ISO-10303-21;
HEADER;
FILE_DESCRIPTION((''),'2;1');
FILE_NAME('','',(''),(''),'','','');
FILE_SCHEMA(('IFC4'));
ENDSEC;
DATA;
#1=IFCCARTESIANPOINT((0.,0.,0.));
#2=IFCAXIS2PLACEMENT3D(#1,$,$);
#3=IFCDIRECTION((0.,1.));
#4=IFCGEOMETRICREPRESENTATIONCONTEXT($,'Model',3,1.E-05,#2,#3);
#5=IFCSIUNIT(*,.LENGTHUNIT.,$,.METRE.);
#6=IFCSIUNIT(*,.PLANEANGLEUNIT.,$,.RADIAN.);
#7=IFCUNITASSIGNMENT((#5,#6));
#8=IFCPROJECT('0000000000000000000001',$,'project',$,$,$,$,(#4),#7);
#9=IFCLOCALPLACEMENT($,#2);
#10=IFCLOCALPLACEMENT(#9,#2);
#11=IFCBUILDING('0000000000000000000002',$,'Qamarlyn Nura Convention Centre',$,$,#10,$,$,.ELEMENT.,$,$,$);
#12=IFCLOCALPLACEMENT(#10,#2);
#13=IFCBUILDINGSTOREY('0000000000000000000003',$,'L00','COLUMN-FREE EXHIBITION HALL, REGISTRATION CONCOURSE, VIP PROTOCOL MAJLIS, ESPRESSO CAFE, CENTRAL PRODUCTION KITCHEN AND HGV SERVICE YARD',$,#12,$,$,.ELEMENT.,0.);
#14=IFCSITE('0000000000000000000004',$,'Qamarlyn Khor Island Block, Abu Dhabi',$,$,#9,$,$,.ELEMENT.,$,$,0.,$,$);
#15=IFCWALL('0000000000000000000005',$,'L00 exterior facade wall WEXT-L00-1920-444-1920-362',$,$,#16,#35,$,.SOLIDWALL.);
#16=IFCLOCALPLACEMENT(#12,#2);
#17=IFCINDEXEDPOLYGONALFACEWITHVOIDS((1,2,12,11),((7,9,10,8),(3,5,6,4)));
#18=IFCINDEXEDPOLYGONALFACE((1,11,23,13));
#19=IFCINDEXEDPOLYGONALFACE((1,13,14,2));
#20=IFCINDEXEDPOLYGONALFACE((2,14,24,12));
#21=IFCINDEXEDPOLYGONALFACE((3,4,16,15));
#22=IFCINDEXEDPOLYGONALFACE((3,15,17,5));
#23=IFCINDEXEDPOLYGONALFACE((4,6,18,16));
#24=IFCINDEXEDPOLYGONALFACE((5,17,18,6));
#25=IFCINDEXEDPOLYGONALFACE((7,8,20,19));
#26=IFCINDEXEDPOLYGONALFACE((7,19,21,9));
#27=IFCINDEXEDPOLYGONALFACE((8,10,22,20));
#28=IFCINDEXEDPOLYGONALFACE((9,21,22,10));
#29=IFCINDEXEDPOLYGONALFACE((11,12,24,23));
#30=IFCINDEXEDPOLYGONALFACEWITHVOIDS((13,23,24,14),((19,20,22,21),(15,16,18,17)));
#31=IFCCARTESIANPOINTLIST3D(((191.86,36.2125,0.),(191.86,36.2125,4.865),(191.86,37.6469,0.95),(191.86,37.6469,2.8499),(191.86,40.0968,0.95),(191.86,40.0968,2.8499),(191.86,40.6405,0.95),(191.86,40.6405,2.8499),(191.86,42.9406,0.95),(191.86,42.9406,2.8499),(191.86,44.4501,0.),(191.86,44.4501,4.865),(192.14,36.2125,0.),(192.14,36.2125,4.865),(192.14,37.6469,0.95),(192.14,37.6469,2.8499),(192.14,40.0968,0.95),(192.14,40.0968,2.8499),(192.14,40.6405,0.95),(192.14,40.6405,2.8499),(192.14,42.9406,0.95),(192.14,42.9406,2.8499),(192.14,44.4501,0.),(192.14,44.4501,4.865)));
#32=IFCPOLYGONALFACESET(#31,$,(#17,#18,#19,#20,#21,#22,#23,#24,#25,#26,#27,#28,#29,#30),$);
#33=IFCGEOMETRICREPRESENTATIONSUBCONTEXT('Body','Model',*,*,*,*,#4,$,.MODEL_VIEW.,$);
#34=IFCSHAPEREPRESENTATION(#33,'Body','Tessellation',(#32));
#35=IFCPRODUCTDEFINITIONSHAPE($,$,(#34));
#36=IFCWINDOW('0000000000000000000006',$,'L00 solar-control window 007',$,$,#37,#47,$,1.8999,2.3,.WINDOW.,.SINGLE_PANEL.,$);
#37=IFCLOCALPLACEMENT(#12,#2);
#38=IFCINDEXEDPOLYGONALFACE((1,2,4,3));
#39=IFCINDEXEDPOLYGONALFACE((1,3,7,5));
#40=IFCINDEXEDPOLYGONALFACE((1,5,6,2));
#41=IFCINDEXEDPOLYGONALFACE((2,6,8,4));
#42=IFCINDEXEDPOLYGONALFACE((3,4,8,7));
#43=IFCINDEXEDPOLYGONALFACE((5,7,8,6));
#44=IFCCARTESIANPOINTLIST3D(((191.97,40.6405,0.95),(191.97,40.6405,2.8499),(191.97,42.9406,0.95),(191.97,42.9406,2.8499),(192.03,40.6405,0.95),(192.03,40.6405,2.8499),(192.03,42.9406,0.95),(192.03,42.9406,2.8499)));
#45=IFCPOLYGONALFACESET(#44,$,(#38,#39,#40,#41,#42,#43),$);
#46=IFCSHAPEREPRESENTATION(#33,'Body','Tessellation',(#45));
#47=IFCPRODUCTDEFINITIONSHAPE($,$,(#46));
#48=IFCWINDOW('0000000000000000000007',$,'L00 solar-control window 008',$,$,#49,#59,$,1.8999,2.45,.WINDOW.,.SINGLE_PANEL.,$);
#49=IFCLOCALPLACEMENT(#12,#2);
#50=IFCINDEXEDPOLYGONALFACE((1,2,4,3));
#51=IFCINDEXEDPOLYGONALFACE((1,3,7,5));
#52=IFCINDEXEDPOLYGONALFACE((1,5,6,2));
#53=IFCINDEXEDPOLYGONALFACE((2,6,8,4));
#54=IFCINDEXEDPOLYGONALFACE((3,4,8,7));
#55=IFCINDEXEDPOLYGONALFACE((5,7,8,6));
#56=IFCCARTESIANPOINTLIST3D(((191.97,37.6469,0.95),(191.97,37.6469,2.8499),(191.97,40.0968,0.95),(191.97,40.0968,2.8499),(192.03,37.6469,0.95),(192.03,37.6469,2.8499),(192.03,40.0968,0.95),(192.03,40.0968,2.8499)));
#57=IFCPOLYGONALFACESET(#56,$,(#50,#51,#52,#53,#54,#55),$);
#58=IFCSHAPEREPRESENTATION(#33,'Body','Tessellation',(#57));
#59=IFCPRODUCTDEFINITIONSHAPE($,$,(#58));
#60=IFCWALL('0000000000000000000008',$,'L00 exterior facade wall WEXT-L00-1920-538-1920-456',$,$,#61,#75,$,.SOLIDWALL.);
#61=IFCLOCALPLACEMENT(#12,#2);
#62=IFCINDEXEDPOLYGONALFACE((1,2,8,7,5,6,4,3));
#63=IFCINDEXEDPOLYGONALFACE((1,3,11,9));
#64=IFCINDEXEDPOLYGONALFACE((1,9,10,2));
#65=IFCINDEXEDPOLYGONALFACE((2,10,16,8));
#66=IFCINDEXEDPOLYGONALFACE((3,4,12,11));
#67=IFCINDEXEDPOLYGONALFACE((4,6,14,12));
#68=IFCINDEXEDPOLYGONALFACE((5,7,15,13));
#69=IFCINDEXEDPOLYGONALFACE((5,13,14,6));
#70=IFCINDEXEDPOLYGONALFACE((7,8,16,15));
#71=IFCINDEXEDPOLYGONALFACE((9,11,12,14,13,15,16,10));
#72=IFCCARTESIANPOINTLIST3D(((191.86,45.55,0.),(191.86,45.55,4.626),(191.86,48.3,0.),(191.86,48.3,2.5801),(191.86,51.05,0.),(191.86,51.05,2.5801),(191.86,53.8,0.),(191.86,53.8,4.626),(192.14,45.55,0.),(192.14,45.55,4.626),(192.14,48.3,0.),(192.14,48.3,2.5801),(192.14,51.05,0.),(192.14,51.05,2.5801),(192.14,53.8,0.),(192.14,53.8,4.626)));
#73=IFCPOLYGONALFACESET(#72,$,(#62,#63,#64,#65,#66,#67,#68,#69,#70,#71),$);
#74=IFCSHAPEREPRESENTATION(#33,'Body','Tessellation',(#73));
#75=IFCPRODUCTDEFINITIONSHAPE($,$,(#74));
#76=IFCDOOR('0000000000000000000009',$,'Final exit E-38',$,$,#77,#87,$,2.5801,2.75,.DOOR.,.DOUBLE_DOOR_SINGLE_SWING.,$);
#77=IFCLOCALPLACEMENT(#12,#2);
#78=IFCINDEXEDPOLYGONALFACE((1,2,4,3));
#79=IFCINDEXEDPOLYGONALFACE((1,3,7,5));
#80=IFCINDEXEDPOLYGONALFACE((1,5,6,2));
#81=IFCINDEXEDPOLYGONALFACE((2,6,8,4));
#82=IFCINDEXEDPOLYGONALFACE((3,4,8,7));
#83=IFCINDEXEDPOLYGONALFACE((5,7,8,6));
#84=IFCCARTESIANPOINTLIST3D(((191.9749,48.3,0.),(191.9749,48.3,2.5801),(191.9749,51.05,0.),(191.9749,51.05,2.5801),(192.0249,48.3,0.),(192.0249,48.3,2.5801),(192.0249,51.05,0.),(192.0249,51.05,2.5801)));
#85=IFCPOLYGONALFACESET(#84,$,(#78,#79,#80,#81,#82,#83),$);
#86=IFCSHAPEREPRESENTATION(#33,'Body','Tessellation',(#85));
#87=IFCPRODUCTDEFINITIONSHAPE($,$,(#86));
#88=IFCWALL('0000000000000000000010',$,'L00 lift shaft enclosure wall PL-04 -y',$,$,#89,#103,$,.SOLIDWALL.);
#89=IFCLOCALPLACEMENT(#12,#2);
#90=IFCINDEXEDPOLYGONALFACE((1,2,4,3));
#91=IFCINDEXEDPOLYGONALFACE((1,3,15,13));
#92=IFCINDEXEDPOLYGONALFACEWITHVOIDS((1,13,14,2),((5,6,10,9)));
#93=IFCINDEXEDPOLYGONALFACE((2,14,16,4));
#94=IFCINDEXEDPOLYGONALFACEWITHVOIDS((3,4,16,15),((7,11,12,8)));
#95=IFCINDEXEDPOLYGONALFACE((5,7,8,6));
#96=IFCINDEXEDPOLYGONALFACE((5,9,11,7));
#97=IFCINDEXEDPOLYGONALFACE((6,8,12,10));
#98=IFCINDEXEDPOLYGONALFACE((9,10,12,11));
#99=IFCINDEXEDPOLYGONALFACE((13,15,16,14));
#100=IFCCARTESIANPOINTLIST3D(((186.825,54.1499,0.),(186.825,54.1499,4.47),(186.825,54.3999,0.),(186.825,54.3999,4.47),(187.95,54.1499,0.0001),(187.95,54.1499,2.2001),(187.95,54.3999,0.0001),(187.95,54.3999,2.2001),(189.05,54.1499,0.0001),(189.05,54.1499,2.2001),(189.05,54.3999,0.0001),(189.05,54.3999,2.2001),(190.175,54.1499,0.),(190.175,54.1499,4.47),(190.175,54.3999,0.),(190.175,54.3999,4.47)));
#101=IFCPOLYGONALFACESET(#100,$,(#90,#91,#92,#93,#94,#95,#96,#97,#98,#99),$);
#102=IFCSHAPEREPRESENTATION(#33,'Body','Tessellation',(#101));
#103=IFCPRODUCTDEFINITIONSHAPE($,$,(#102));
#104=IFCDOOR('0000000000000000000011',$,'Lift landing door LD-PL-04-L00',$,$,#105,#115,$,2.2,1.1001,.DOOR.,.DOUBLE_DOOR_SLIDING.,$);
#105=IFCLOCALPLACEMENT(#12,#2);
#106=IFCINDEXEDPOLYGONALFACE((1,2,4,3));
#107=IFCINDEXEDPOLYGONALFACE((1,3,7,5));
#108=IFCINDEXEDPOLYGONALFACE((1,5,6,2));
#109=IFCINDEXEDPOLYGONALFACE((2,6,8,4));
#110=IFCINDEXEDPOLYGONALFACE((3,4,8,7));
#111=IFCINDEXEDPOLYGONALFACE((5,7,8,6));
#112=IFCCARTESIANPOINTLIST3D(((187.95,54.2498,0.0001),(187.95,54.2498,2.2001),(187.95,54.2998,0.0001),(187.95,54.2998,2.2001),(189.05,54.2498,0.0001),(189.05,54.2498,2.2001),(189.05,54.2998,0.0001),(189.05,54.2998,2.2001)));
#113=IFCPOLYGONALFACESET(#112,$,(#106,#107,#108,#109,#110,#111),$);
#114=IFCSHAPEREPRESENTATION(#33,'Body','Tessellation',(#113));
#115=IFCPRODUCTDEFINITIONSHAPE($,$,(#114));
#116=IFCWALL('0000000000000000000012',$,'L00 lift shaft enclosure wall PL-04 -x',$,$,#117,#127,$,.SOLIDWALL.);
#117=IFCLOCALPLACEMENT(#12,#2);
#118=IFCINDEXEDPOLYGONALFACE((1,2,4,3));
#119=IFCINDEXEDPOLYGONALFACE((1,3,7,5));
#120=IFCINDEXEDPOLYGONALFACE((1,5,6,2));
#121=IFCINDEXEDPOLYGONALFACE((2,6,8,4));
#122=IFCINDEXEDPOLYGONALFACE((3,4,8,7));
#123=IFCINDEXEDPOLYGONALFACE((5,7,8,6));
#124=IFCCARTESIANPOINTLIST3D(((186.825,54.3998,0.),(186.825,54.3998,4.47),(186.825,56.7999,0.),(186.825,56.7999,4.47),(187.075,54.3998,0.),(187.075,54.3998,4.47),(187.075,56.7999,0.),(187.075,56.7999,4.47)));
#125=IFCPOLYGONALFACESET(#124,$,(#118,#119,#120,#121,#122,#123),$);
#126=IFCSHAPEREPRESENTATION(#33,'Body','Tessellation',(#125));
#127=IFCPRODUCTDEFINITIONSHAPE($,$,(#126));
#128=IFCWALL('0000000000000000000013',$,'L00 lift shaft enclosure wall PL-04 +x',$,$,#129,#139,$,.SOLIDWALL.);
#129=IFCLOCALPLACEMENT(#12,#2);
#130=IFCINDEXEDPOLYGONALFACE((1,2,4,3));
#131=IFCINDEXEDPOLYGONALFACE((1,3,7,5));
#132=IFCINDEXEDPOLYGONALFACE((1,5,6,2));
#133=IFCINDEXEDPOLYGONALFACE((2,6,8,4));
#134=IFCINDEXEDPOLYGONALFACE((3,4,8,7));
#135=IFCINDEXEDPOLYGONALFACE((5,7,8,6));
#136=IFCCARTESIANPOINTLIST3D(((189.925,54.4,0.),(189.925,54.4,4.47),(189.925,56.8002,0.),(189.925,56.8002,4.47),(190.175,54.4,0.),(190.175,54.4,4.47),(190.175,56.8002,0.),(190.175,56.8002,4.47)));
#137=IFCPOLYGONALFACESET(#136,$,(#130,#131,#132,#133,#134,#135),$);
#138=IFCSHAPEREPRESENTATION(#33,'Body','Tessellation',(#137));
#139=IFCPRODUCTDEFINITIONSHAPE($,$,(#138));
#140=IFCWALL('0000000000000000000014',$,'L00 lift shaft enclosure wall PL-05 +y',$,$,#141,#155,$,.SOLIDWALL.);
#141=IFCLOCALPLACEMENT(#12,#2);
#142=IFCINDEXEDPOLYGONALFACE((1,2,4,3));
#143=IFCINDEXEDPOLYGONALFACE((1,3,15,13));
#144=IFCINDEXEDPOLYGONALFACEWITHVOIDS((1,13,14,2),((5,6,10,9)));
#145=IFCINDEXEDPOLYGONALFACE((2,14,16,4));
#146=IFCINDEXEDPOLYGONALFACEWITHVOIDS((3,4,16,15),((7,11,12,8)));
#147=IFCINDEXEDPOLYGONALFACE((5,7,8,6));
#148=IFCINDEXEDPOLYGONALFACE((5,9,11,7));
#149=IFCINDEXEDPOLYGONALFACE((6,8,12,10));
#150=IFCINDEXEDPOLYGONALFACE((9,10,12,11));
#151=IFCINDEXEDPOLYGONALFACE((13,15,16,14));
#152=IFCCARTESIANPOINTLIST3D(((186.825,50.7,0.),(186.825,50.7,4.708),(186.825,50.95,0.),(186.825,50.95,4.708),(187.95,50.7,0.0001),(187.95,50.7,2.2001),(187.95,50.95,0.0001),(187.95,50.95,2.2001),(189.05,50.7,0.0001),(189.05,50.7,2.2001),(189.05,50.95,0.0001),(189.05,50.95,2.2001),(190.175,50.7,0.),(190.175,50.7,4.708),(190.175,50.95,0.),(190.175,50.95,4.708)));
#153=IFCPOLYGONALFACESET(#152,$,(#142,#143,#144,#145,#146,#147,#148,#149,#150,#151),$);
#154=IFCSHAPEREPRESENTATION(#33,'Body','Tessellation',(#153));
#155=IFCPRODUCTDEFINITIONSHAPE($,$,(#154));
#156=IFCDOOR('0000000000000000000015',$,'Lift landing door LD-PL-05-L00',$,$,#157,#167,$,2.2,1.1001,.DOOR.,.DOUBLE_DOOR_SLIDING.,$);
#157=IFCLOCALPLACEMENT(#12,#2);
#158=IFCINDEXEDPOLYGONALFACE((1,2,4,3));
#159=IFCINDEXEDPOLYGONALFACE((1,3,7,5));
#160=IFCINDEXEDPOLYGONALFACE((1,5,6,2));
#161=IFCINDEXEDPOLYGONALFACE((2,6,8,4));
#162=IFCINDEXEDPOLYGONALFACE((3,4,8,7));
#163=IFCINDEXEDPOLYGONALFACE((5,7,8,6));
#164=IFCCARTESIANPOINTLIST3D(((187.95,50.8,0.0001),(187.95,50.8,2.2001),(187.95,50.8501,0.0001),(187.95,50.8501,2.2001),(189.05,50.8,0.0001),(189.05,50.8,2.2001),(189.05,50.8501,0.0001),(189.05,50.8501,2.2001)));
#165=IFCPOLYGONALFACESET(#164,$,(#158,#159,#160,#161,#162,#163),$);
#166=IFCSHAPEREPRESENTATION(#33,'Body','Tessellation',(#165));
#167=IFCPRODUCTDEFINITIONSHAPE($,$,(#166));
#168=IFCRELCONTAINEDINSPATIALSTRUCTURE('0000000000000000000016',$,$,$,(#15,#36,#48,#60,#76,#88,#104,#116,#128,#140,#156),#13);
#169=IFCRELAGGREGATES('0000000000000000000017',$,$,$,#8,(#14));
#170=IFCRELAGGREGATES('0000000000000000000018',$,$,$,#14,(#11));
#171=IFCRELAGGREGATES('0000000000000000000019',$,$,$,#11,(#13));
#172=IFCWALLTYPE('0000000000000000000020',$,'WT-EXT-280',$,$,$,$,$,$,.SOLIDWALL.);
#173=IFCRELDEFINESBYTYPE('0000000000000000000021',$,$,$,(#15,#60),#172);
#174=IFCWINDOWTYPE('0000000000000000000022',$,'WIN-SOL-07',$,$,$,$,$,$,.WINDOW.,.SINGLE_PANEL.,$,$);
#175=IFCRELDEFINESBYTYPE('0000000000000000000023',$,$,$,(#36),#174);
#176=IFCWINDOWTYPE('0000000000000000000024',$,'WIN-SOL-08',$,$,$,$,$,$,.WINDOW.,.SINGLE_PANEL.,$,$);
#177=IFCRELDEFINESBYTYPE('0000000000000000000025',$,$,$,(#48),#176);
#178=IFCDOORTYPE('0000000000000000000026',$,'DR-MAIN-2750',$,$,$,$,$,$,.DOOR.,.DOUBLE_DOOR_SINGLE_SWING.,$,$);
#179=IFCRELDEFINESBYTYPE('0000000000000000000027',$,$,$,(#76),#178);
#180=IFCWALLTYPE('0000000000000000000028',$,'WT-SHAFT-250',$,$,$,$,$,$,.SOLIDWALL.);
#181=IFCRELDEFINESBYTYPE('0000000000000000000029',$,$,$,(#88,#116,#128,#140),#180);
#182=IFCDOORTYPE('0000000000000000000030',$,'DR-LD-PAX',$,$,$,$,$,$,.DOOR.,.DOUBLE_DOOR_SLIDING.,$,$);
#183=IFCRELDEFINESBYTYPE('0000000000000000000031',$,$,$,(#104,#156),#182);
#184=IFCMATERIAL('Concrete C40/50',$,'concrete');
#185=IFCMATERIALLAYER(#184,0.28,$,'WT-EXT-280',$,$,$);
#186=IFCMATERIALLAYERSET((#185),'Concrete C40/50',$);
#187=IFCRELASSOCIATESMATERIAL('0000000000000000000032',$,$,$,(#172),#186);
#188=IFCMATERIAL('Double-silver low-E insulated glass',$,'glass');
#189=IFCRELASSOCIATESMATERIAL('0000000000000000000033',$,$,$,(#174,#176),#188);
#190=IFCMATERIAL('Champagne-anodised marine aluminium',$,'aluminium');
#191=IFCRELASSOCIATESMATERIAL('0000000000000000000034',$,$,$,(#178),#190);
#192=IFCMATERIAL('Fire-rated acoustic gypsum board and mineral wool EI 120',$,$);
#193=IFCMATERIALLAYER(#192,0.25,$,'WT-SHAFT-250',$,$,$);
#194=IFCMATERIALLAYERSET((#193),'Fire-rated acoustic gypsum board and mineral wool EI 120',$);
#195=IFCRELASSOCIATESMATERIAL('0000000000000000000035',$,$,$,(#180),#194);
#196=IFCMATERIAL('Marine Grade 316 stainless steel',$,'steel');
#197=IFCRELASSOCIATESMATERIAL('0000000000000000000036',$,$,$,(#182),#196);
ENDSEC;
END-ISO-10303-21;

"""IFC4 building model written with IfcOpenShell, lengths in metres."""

from ifc_helpers import new_model, si_unit, direction, frame, frame_2d, origin, place, context, subcontext, project, spatial, rectangle, extrude, material, layer, layer_set, type_object, element, fill, save


model = new_model("IFC4")

# Units and contexts
model_context = context("Model", 3, precision=1e-05, world=origin(), true_north=direction((0.0, 1.0)))
body_context = subcontext(model_context, "Body", "Model", "MODEL_VIEW")
ifc_project = project(units=[si_unit("LENGTHUNIT", "METRE"), si_unit("PLANEANGLEUNIT", "RADIAN")], contexts=[model_context])

# Site, building, storey
site_placement = place(None, origin())
site = spatial("IfcSite", under=ifc_project, at=site_placement, Name="Qamarlyn Khor Island Block, Abu Dhabi", CompositionType="ELEMENT", RefElevation=0.0)
building_placement = place(site_placement, origin())
building = spatial("IfcBuilding", under=site, at=building_placement, Name="Qamarlyn Nura Convention Centre", CompositionType="ELEMENT")
storey_placement = place(building_placement, origin())
storey = spatial("IfcBuildingStorey", under=building, at=storey_placement, Name="L00", Description="COLUMN-FREE EXHIBITION HALL, REGISTRATION CONCOURSE, VIP PROTOCOL MAJLIS, ESPRESSO CAFE, CENTRAL PRODUCTION KITCHEN AND HGV SERVICE YARD", CompositionType="ELEMENT", Elevation=0.0)

# Shared definitions
ifc_material_1 = material(Name="Concrete C40/50", Category="concrete")
ifc_layer_1 = layer(ifc_material_1, 0.28, Name="WT-EXT-280")
ifc_layer_set_1 = layer_set([ifc_layer_1], Name="Concrete C40/50")
wall_type_1 = type_object("IfcWallType", Name="WT-EXT-280", PredefinedType="SOLIDWALL", material=ifc_layer_set_1)
ifc_material_2 = material(Name="Champagne-anodised marine aluminium", Category="aluminium")

# Wall, openings, windows
wall_1_placement = place(storey_placement, frame((192.0, 44.45, 0.0), z_axis=(0.0, 0.0, 1.0), x_axis=(0.0, -1.0, 0.0)))
wall_1 = element("IfcWall", 1, at=wall_1_placement, inside=storey, type_object=wall_type_1, Name="L00 exterior facade wall WEXT-L00-1920-444-1920-362", PredefinedType="SOLIDWALL", context=body_context, shape_type="SweptSolid", body=[
    extrude(rectangle(XDim=8.2375, YDim=0.28, at=frame_2d((4.1187, 0.0))), origin(), (0.0, 0.0, 1.0), 4.865),
])
opening_1_placement = place(wall_1_placement, frame((1.5095, 0.0, 0.95)))
opening_1 = element("IfcOpeningElement", 2, at=opening_1_placement, cuts=wall_1, PredefinedType="OPENING", context=body_context, shape_type="SweptSolid", body=[
    extrude(rectangle(XDim=2.3, YDim=1.8999, at=frame_2d((1.1499, 0.95))), frame((0.0, 0.1499, 0.0), z_axis=(0.0, -1.0, 0.0), x_axis=(1.0, 0.0, 0.0)), (0.0, 0.0, 1.0), 0.3),
])
opening_2_placement = place(wall_1_placement, frame((4.353, 0.0, 0.95)))
opening_2 = element("IfcOpeningElement", 3, at=opening_2_placement, cuts=wall_1, PredefinedType="OPENING", context=body_context, shape_type="SweptSolid", body=[
    extrude(rectangle(XDim=2.45, YDim=1.8999, at=frame_2d((1.2251, 0.95))), frame((0.0, 0.1499, 0.0), z_axis=(0.0, -1.0, 0.0), x_axis=(1.0, 0.0, 0.0)), (0.0, 0.0, 1.0), 0.3),
])
ifc_material_3 = material(Name="Double-silver low-E insulated glass", Category="glass")
window_type_1 = type_object("IfcWindowType", Name="WIN-SOL-07", PartitioningType="SINGLE_PANEL", PredefinedType="WINDOW", material=ifc_material_3)
window_1_placement = place(opening_1_placement, origin())
window_1 = element("IfcWindow", 4, at=window_1_placement, inside=storey, type_object=window_type_1, Name="L00 solar-control window 007", OverallHeight=1.8999, OverallWidth=2.3, PartitioningType="SINGLE_PANEL", PredefinedType="WINDOW", context=body_context, shape_type="SweptSolid", body=[
    extrude(rectangle(XDim=2.3, YDim=1.8999, at=frame_2d((1.1499, 0.95))), frame((0.0, 0.03, 0.0), z_axis=(0.0, -1.0, 0.0), x_axis=(1.0, 0.0, 0.0)), (0.0, 0.0, 1.0), 0.0601),
])
fill(opening_1, window_1)
window_type_2 = type_object("IfcWindowType", Name="WIN-SOL-08", PartitioningType="SINGLE_PANEL", PredefinedType="WINDOW", material=ifc_material_3)
window_2_placement = place(opening_2_placement, origin())
window_2 = element("IfcWindow", 5, at=window_2_placement, inside=storey, type_object=window_type_2, Name="L00 solar-control window 008", OverallHeight=1.8999, OverallWidth=2.45, PartitioningType="SINGLE_PANEL", PredefinedType="WINDOW", context=body_context, shape_type="SweptSolid", body=[
    extrude(rectangle(XDim=2.45, YDim=1.8999, at=frame_2d((1.2251, 0.95))), frame((0.0, 0.03, 0.0), z_axis=(0.0, -1.0, 0.0), x_axis=(1.0, 0.0, 0.0)), (0.0, 0.0, 1.0), 0.0601),
])
fill(opening_2, window_2)

# Walls, openings, doors
wall_2_placement = place(storey_placement, frame((192.0, 53.8, 0.0), z_axis=(0.0, 0.0, 1.0), x_axis=(0.0, -1.0, 0.0)))
wall_2 = element("IfcWall", 6, at=wall_2_placement, inside=storey, type_object=wall_type_1, Name="L00 exterior facade wall WEXT-L00-1920-538-1920-456", PredefinedType="SOLIDWALL", context=body_context, shape_type="SweptSolid", body=[
    extrude(rectangle(XDim=8.25, YDim=0.28, at=frame_2d((4.125, 0.0))), origin(), (0.0, 0.0, 1.0), 4.626),
])
opening_3_placement = place(wall_2_placement, frame((2.75, 0.0, 0.0)))
opening_3 = element("IfcOpeningElement", 7, at=opening_3_placement, cuts=wall_2, PredefinedType="OPENING", context=body_context, shape_type="SweptSolid", body=[
    extrude(rectangle(XDim=2.75, YDim=2.5801, at=frame_2d((1.375, 1.29))), frame((0.0, 0.1499, 0.0), z_axis=(0.0, -1.0, 0.0), x_axis=(1.0, 0.0, 0.0)), (0.0, 0.0, 1.0), 0.3),
])
door_type_1 = type_object("IfcDoorType", Name="DR-MAIN-2750", OperationType="DOUBLE_DOOR_SINGLE_SWING", PredefinedType="DOOR", material=ifc_material_2)
door_1_placement = place(opening_3_placement, origin())
door_1 = element("IfcDoor", 8, at=door_1_placement, inside=storey, type_object=door_type_1, Name="Final exit E-38", OperationType="DOUBLE_DOOR_SINGLE_SWING", OverallHeight=2.5801, OverallWidth=2.75, PredefinedType="DOOR", context=body_context, shape_type="SweptSolid", body=[
    extrude(rectangle(XDim=2.75, YDim=2.5801, at=frame_2d((1.375, 1.29))), frame((0.0, 0.0249, 0.0), z_axis=(0.0, -1.0, 0.0), x_axis=(1.0, 0.0, 0.0)), (0.0, 0.0, 1.0), 0.05),
])
fill(opening_3, door_1)
ifc_material_4 = material(Name="Fire-rated acoustic gypsum board and mineral wool EI 120")
ifc_layer_2 = layer(ifc_material_4, 0.25, Name="WT-SHAFT-250")
ifc_layer_set_2 = layer_set([ifc_layer_2], Name="Fire-rated acoustic gypsum board and mineral wool EI 120")
wall_type_2 = type_object("IfcWallType", Name="WT-SHAFT-250", PredefinedType="SOLIDWALL", material=ifc_layer_set_2)
wall_3_placement = place(storey_placement, frame((186.825, 54.2749, 0.0), z_axis=(0.0, 0.0, 1.0), x_axis=(1.0, 0.0, 0.0)))
wall_3 = element("IfcWall", 9, at=wall_3_placement, inside=storey, type_object=wall_type_2, Name="L00 lift shaft enclosure wall PL-04 -y", PredefinedType="SOLIDWALL", context=body_context, shape_type="SweptSolid", body=[
    extrude(rectangle(XDim=3.3501, YDim=0.25, at=frame_2d((1.675, 0.0))), origin(), (0.0, 0.0, 1.0), 4.47),
])
opening_4_placement = place(wall_3_placement, frame((1.125, 0.0, 0.0)))
opening_4 = element("IfcOpeningElement", 10, at=opening_4_placement, cuts=wall_3, PredefinedType="OPENING", context=body_context, shape_type="SweptSolid", body=[
    extrude(rectangle(XDim=1.1001, YDim=2.2, at=frame_2d((0.55, 1.1001))), frame((0.0, 0.135, 0.0), z_axis=(0.0, -1.0, 0.0), x_axis=(1.0, 0.0, 0.0)), (0.0, 0.0, 1.0), 0.27),
])
ifc_material_5 = material(Name="Marine Grade 316 stainless steel", Category="steel")
door_type_2 = type_object("IfcDoorType", Name="DR-LD-PAX", OperationType="DOUBLE_DOOR_SLIDING", PredefinedType="DOOR", material=ifc_material_5)
door_2_placement = place(opening_4_placement, origin())
door_2 = element("IfcDoor", 11, at=door_2_placement, inside=storey, type_object=door_type_2, Name="Lift landing door LD-PL-04-L00", OperationType="DOUBLE_DOOR_SLIDING", OverallHeight=2.2, OverallWidth=1.1001, PredefinedType="DOOR", context=body_context, shape_type="SweptSolid", body=[
    extrude(rectangle(XDim=1.1001, YDim=2.2, at=frame_2d((0.55, 1.1001))), frame((0.0, 0.0249, 0.0), z_axis=(0.0, -1.0, 0.0), x_axis=(1.0, 0.0, 0.0)), (0.0, 0.0, 1.0), 0.05),
])
fill(opening_4, door_2)

# Walls
for number, where, z_axis, x_axis, name in (
    (12, (186.95, 56.8, 0.0), (0.0, 0.0, 1.0), (0.0, -1.0, 0.0), "L00 lift shaft enclosure wall PL-04 -x"),
    (13, (190.05, 54.3999, 0.0), (0.0, 0.0, 1.0), (0.0, 1.0, 0.0), "L00 lift shaft enclosure wall PL-04 +x"),
):
    element("IfcWall", number, at=place(storey_placement, frame(where, z_axis=z_axis, x_axis=x_axis)), inside=storey, type_object=wall_type_2, Name=name, PredefinedType="SOLIDWALL", context=body_context, shape_type="SweptSolid", body=[
        extrude(rectangle(XDim=2.4001, YDim=0.25, at=frame_2d((1.2002, 0.0))), origin(), (0.0, 0.0, 1.0), 4.47),
    ])

# Wall, opening, door
wall_4_placement = place(storey_placement, frame((190.175, 50.825, 0.0), z_axis=(0.0, 0.0, 1.0), x_axis=(-1.0, 0.0, 0.0)))
wall_4 = element("IfcWall", 14, at=wall_4_placement, inside=storey, type_object=wall_type_2, Name="L00 lift shaft enclosure wall PL-05 +y", PredefinedType="SOLIDWALL", context=body_context, shape_type="SweptSolid", body=[
    extrude(rectangle(XDim=3.3501, YDim=0.25, at=frame_2d((1.675, 0.0))), origin(), (0.0, 0.0, 1.0), 4.708),
])
opening_5_placement = place(wall_4_placement, frame((1.125, 0.0, 0.0)))
opening_5 = element("IfcOpeningElement", 15, at=opening_5_placement, cuts=wall_4, PredefinedType="OPENING", context=body_context, shape_type="SweptSolid", body=[
    extrude(rectangle(XDim=1.1001, YDim=2.2, at=frame_2d((0.55, 1.1001))), frame((0.0, 0.135, 0.0), z_axis=(0.0, -1.0, 0.0), x_axis=(1.0, 0.0, 0.0)), (0.0, 0.0, 1.0), 0.27),
])
door_3_placement = place(opening_5_placement, origin())
door_3 = element("IfcDoor", 16, at=door_3_placement, inside=storey, type_object=door_type_2, Name="Lift landing door LD-PL-05-L00", OperationType="DOUBLE_DOOR_SLIDING", OverallHeight=2.2, OverallWidth=1.1001, PredefinedType="DOOR", context=body_context, shape_type="SweptSolid", body=[
    extrude(rectangle(XDim=1.1001, YDim=2.2, at=frame_2d((0.55, 1.1001))), frame((0.0, 0.0249, 0.0), z_axis=(0.0, -1.0, 0.0), x_axis=(1.0, 0.0, 0.0)), (0.0, 0.0, 1.0), 0.05),
])
fill(opening_5, door_3)

save(model, "model.ifc")
